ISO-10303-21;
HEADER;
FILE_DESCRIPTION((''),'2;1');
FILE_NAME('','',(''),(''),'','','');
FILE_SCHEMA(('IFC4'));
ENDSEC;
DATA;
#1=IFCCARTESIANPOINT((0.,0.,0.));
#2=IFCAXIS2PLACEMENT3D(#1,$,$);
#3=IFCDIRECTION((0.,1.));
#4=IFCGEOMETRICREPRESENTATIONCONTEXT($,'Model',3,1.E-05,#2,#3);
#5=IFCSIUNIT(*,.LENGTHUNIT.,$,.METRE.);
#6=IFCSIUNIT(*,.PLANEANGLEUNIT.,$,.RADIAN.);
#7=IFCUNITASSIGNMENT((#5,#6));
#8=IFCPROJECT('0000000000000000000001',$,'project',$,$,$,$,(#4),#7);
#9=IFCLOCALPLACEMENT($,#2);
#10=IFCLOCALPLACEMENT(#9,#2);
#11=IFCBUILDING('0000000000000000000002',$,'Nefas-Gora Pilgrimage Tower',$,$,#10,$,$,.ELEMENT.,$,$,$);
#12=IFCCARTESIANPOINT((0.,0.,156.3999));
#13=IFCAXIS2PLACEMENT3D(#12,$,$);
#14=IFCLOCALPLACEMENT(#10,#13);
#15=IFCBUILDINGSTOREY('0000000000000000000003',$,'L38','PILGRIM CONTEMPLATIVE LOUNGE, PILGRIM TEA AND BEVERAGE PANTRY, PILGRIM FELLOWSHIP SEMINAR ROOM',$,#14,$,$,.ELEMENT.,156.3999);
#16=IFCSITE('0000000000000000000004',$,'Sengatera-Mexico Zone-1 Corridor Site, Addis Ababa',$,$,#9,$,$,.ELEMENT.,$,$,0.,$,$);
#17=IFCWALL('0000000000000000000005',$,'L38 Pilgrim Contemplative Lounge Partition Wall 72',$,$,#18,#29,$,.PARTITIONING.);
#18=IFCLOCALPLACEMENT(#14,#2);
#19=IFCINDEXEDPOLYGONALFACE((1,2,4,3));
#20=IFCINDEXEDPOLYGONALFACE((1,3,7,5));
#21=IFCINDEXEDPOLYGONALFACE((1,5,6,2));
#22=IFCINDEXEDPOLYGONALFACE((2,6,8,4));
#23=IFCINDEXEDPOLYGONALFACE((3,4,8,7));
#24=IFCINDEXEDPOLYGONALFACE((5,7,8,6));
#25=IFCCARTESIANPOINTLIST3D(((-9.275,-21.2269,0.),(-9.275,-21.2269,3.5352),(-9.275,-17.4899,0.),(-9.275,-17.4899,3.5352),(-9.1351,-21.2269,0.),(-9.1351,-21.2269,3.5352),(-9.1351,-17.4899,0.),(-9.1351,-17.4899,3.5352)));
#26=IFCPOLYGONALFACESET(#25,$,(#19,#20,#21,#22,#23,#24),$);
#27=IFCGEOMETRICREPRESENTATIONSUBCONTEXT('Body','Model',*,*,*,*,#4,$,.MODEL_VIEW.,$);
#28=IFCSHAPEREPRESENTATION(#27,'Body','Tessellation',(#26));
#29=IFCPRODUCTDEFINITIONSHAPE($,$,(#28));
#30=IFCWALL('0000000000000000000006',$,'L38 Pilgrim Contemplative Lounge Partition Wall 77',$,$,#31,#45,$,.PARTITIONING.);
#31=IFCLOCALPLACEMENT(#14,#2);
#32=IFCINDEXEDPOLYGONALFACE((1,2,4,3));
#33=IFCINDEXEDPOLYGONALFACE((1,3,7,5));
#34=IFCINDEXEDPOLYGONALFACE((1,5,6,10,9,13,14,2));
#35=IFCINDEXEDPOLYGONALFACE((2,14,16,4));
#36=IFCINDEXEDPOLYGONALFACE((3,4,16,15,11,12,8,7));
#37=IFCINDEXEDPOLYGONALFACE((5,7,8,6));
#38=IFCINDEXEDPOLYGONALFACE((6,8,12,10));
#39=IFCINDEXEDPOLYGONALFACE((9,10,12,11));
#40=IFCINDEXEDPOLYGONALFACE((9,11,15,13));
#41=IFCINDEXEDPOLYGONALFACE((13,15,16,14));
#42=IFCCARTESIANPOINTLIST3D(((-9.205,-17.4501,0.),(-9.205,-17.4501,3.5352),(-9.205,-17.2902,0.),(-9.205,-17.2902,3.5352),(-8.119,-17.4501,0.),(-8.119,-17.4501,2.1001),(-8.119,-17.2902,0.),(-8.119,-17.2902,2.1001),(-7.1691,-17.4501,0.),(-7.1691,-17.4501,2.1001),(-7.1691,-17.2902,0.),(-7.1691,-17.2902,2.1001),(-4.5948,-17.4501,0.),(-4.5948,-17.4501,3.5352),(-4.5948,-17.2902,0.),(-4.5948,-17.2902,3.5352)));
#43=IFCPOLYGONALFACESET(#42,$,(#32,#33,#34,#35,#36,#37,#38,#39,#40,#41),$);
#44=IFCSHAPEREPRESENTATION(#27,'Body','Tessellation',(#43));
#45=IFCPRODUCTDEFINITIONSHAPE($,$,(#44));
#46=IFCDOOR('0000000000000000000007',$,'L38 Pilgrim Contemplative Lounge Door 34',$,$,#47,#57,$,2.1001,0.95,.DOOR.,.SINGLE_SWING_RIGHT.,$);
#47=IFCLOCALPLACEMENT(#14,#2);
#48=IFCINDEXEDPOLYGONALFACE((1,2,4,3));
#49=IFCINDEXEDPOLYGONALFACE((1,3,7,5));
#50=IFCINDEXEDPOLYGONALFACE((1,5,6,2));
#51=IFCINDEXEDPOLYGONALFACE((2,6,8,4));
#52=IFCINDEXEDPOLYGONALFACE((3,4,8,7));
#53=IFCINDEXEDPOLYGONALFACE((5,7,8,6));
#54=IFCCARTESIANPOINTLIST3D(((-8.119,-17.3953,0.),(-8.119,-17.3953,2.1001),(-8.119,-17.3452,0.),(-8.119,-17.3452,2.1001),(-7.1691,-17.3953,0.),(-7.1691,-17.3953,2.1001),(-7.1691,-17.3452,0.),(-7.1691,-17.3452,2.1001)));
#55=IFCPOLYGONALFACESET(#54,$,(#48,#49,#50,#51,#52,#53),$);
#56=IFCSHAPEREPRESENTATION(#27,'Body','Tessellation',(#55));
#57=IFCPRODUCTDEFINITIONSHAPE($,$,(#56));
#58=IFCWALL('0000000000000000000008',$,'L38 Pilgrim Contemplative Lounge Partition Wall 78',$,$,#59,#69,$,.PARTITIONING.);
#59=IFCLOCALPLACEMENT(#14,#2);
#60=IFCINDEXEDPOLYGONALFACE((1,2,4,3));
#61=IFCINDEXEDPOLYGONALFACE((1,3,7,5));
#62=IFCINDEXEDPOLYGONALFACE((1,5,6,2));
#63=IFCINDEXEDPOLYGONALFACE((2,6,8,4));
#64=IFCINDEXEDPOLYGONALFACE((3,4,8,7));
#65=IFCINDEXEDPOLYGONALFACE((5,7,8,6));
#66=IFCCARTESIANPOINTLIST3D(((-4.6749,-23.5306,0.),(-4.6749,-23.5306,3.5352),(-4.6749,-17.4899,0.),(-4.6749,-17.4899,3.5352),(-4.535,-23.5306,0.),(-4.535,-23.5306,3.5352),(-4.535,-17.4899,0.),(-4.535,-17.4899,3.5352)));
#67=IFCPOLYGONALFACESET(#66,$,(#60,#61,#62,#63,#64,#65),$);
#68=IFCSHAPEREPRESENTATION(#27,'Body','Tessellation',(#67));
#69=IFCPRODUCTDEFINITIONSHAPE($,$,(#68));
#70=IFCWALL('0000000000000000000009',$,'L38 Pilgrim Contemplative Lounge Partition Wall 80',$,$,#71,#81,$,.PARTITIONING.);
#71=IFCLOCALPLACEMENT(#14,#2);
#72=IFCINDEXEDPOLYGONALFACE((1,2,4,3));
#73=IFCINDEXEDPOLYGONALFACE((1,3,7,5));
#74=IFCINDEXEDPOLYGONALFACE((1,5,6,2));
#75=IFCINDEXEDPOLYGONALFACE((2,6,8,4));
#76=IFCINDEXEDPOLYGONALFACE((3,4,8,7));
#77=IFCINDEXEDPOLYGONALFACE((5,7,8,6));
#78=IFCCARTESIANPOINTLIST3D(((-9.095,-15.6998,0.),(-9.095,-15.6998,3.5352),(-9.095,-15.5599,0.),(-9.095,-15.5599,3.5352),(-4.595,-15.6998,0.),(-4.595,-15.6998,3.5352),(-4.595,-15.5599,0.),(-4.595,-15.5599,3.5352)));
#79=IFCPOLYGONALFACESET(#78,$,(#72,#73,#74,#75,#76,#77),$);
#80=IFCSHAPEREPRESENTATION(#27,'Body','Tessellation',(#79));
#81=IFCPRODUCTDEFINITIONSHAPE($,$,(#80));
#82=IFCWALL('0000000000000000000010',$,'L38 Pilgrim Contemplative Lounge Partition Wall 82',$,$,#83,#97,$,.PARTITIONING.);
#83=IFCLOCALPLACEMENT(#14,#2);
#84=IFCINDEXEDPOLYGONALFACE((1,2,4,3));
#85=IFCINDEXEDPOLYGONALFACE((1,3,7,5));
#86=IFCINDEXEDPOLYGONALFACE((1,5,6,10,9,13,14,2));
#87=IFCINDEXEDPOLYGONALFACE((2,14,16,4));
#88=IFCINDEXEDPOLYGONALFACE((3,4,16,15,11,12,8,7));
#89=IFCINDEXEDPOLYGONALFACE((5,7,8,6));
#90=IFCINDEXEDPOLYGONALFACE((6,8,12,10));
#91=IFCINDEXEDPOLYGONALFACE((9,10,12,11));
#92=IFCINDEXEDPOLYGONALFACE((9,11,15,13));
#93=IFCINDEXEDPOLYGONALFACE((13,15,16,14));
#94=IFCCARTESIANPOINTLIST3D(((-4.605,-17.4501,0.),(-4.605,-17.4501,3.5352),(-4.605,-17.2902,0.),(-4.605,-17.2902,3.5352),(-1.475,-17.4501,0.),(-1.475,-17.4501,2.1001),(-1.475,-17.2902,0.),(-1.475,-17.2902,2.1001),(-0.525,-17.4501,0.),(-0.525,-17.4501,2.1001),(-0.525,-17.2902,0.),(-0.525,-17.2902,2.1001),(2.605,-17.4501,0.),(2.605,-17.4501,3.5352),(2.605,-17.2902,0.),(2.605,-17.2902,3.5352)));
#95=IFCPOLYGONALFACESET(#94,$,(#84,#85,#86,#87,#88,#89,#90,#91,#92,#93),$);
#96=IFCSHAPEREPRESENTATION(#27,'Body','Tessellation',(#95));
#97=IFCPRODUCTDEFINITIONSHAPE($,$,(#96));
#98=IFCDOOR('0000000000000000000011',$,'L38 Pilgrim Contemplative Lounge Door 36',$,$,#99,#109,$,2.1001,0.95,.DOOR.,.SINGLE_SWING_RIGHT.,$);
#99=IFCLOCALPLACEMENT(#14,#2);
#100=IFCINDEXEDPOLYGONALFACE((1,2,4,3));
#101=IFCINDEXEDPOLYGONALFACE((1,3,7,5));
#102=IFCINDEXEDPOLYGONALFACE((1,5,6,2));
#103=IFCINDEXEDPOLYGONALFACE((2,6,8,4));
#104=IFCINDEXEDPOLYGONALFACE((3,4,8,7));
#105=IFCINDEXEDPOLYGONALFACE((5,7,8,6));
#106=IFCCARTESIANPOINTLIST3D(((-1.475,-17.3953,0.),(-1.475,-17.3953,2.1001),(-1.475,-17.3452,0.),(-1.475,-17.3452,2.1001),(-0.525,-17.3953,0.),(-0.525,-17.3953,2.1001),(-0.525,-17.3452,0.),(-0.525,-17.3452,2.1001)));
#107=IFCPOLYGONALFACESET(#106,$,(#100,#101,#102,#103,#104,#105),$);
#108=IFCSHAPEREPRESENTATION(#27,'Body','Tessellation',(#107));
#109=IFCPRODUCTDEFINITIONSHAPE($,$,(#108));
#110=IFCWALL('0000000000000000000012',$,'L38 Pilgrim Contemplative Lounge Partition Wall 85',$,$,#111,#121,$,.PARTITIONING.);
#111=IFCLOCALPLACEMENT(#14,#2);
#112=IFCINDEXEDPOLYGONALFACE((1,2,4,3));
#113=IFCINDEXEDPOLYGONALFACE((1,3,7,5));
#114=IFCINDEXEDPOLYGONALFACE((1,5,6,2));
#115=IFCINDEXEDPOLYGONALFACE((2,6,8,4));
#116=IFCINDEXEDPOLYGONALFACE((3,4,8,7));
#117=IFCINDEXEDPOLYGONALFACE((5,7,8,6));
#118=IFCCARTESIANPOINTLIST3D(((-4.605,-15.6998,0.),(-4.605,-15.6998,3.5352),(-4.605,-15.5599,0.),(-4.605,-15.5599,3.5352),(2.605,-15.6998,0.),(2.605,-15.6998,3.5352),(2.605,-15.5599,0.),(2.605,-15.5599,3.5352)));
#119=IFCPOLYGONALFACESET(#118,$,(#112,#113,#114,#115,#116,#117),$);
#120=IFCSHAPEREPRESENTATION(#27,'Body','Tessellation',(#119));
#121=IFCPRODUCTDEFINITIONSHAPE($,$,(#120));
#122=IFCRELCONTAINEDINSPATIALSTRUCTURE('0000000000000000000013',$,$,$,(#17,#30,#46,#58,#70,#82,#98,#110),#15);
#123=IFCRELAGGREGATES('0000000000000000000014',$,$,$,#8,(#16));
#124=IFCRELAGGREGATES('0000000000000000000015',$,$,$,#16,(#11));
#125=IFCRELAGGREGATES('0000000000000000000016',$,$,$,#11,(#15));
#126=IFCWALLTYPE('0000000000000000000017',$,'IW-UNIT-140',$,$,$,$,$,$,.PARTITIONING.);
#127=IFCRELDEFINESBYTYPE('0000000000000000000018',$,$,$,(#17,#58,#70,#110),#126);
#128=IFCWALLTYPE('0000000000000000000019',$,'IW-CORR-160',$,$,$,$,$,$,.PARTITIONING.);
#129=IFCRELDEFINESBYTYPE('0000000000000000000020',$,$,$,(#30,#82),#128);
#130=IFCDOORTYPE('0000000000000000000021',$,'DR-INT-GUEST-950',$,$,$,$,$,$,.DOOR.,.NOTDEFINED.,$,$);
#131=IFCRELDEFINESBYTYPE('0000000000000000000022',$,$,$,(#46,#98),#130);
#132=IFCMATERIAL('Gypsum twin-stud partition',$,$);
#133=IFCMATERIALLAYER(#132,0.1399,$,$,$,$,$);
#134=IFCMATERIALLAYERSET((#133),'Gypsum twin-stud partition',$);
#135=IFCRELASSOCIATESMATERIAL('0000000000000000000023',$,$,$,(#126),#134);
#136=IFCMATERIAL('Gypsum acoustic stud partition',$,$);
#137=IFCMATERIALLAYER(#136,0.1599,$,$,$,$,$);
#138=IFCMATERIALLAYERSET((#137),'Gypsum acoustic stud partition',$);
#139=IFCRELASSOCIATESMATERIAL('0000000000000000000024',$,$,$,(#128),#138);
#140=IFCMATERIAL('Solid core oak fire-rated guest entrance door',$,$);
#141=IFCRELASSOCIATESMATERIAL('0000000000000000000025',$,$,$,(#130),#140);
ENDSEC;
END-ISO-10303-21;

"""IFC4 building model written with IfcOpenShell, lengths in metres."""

from ifc_helpers import new_model, si_unit, direction, frame, frame_2d, origin, place, context, subcontext, project, spatial, rectangle, extrude, source, transform, mapped, material, layer, layer_set, type_object, element, fill, save


model = new_model("IFC4")

# Units and contexts
model_context = context("Model", 3, precision=1e-05, world=origin(), true_north=direction((0.0, 1.0)))
body_context = subcontext(model_context, "Body", "Model", "MODEL_VIEW")
ifc_project = project(units=[si_unit("LENGTHUNIT", "METRE"), si_unit("PLANEANGLEUNIT", "RADIAN")], contexts=[model_context])

# Site, building, storey
site_placement = place(None, origin())
site = spatial("IfcSite", under=ifc_project, at=site_placement, Name="Sengatera-Mexico Zone-1 Corridor Site, Addis Ababa", CompositionType="ELEMENT", RefElevation=0.0)
building_placement = place(site_placement, origin())
building = spatial("IfcBuilding", under=site, at=building_placement, Name="Nefas-Gora Pilgrimage Tower", CompositionType="ELEMENT")
storey_placement = place(building_placement, frame((0.0, 0.0, 156.3999)))
storey = spatial("IfcBuildingStorey", under=building, at=storey_placement, Name="L38", Description="PILGRIM CONTEMPLATIVE LOUNGE, PILGRIM TEA AND BEVERAGE PANTRY, PILGRIM FELLOWSHIP SEMINAR ROOM", CompositionType="ELEMENT", Elevation=156.3999)

# Wall
ifc_material_1 = material(Name="Gypsum twin-stud partition")
ifc_layer_1 = layer(ifc_material_1, 0.1399)
ifc_layer_set_1 = layer_set([ifc_layer_1], Name="Gypsum twin-stud partition")
wall_type_1 = type_object("IfcWallType", Name="IW-UNIT-140", PredefinedType="PARTITIONING", material=ifc_layer_set_1)
shared_shape_1 = source(origin(), body_context, "Body", "SweptSolid", [
    extrude(rectangle(XDim=3.7371, YDim=0.1399, at=frame_2d((1.8687, 0.0))), origin(), (0.0, 0.0, 1.0), 3.5352),
])
wall_1_placement = place(storey_placement, frame((-9.2051, -21.2271, 0.0), z_axis=(0.0, 0.0, 1.0), x_axis=(0.0, 1.0, 0.0)))
element("IfcWall", 1, at=wall_1_placement, inside=storey, type_object=wall_type_1, Name="L38 Pilgrim Contemplative Lounge Partition Wall 72", PredefinedType="PARTITIONING", context=body_context, shape_type="MappedRepresentation", body=[
    mapped(shared_shape_1, transform((0.0, 0.0, 0.0), x_axis=(1.0, 0.0, 0.0), y_axis=(0.0, 1.0, 0.0), z_axis=(0.0, 0.0, 1.0), scale=1.0)),
])

# Wall, opening, door
ifc_material_2 = material(Name="Gypsum acoustic stud partition")
ifc_layer_2 = layer(ifc_material_2, 0.1599)
ifc_layer_set_2 = layer_set([ifc_layer_2], Name="Gypsum acoustic stud partition")
wall_type_2 = type_object("IfcWallType", Name="IW-CORR-160", PredefinedType="PARTITIONING", material=ifc_layer_set_2)
shared_shape_2 = source(origin(), body_context, "Body", "SweptSolid", [
    extrude(rectangle(XDim=4.6101, YDim=0.1599, at=frame_2d((2.3052, 0.0))), origin(), (0.0, 0.0, 1.0), 3.5352),
])
wall_2_placement = place(storey_placement, frame((-9.2051, -17.3701, 0.0), z_axis=(0.0, 0.0, 1.0), x_axis=(1.0, 0.0, 0.0)))
wall_2 = element("IfcWall", 2, at=wall_2_placement, inside=storey, type_object=wall_type_2, Name="L38 Pilgrim Contemplative Lounge Partition Wall 77", PredefinedType="PARTITIONING", context=body_context, shape_type="MappedRepresentation", body=[
    mapped(shared_shape_2, transform((0.0, 0.0, 0.0), x_axis=(1.0, 0.0, 0.0), y_axis=(0.0, 1.0, 0.0), z_axis=(0.0, 0.0, 1.0), scale=1.0)),
])
opening_1_placement = place(wall_2_placement, frame((1.0859, 0.0, 0.0)))
opening_1 = element("IfcOpeningElement", 3, at=opening_1_placement, cuts=wall_2, PredefinedType="OPENING", context=body_context, shape_type="SweptSolid", body=[
    extrude(rectangle(XDim=0.95, YDim=2.1001, at=frame_2d((0.4751, 1.05))), frame((0.0, 0.0898, 0.0), z_axis=(0.0, -1.0, 0.0), x_axis=(1.0, 0.0, 0.0)), (0.0, 0.0, 1.0), 0.1799),
])
ifc_material_3 = material(Name="Solid core oak fire-rated guest entrance door")
door_type_1 = type_object("IfcDoorType", Name="DR-INT-GUEST-950", OperationType="NOTDEFINED", PredefinedType="DOOR", material=ifc_material_3)
shared_shape_3 = source(origin(), body_context, "Body", "SweptSolid", [
    extrude(rectangle(XDim=0.95, YDim=2.1001, at=frame_2d((0.4751, 1.05))), frame((0.0, 0.0249, 0.0), z_axis=(0.0, -1.0, 0.0), x_axis=(1.0, 0.0, 0.0)), (0.0, 0.0, 1.0), 0.05),
])
door_1_placement = place(opening_1_placement, origin())
door_1 = element("IfcDoor", 4, at=door_1_placement, inside=storey, type_object=door_type_1, Name="L38 Pilgrim Contemplative Lounge Door 34", OperationType="SINGLE_SWING_RIGHT", OverallHeight=2.1001, OverallWidth=0.95, PredefinedType="DOOR", context=body_context, shape_type="MappedRepresentation", body=[
    mapped(shared_shape_3, transform((0.0, 0.0, 0.0), x_axis=(1.0, 0.0, 0.0), y_axis=(0.0, 1.0, 0.0), z_axis=(0.0, 0.0, 1.0), scale=1.0)),
])
fill(opening_1, door_1)

# Walls
shared_shape_4 = source(origin(), body_context, "Body", "SweptSolid", [
    extrude(rectangle(XDim=6.0408, YDim=0.1399, at=frame_2d((3.0205, 0.0))), origin(), (0.0, 0.0, 1.0), 3.5352),
])
wall_3_placement = place(storey_placement, frame((-4.605, -23.5308, 0.0), z_axis=(0.0, 0.0, 1.0), x_axis=(0.0, 1.0, 0.0)))
element("IfcWall", 5, at=wall_3_placement, inside=storey, type_object=wall_type_1, Name="L38 Pilgrim Contemplative Lounge Partition Wall 78", PredefinedType="PARTITIONING", context=body_context, shape_type="MappedRepresentation", body=[
    mapped(shared_shape_4, transform((0.0, 0.0, 0.0), x_axis=(1.0, 0.0, 0.0), y_axis=(0.0, 1.0, 0.0), z_axis=(0.0, 0.0, 1.0), scale=1.0)),
])
shared_shape_5 = source(origin(), body_context, "Body", "SweptSolid", [
    extrude(rectangle(XDim=4.5, YDim=0.1399, at=frame_2d((2.25, 0.0))), origin(), (0.0, 0.0, 1.0), 3.5352),
])
wall_4_placement = place(storey_placement, frame((-9.095, -15.6299, 0.0), z_axis=(0.0, 0.0, 1.0), x_axis=(1.0, 0.0, 0.0)))
element("IfcWall", 6, at=wall_4_placement, inside=storey, type_object=wall_type_1, Name="L38 Pilgrim Contemplative Lounge Partition Wall 80", PredefinedType="PARTITIONING", context=body_context, shape_type="MappedRepresentation", body=[
    mapped(shared_shape_5, transform((0.0, 0.0, 0.0), x_axis=(1.0, 0.0, 0.0), y_axis=(0.0, 1.0, 0.0), z_axis=(0.0, 0.0, 1.0), scale=1.0)),
])

# Wall, opening, door
shared_shape_6 = source(origin(), body_context, "Body", "SweptSolid", [
    extrude(rectangle(XDim=7.21, YDim=0.1599, at=frame_2d((3.605, 0.0))), origin(), (0.0, 0.0, 1.0), 3.5352),
])
wall_5_placement = place(storey_placement, frame((-4.605, -17.3701, 0.0), z_axis=(0.0, 0.0, 1.0), x_axis=(1.0, 0.0, 0.0)))
wall_5 = element("IfcWall", 7, at=wall_5_placement, inside=storey, type_object=wall_type_2, Name="L38 Pilgrim Contemplative Lounge Partition Wall 82", PredefinedType="PARTITIONING", context=body_context, shape_type="MappedRepresentation", body=[
    mapped(shared_shape_6, transform((0.0, 0.0, 0.0), x_axis=(1.0, 0.0, 0.0), y_axis=(0.0, 1.0, 0.0), z_axis=(0.0, 0.0, 1.0), scale=1.0)),
])
opening_2_placement = place(wall_5_placement, frame((3.1299, 0.0, 0.0)))
opening_2 = element("IfcOpeningElement", 8, at=opening_2_placement, cuts=wall_5, PredefinedType="OPENING", context=body_context, shape_type="SweptSolid", body=[
    extrude(rectangle(XDim=0.95, YDim=2.1001, at=frame_2d((0.4751, 1.05))), frame((0.0, 0.0898, 0.0), z_axis=(0.0, -1.0, 0.0), x_axis=(1.0, 0.0, 0.0)), (0.0, 0.0, 1.0), 0.1799),
])
door_2_placement = place(opening_2_placement, origin())
door_2 = element("IfcDoor", 9, at=door_2_placement, inside=storey, type_object=door_type_1, Name="L38 Pilgrim Contemplative Lounge Door 36", OperationType="SINGLE_SWING_RIGHT", OverallHeight=2.1001, OverallWidth=0.95, PredefinedType="DOOR", context=body_context, shape_type="MappedRepresentation", body=[
    mapped(shared_shape_3, transform((0.0, 0.0, 0.0), x_axis=(1.0, 0.0, 0.0), y_axis=(0.0, 1.0, 0.0), z_axis=(0.0, 0.0, 1.0), scale=1.0)),
])
fill(opening_2, door_2)

# Wall
shared_shape_7 = source(origin(), body_context, "Body", "SweptSolid", [
    extrude(rectangle(XDim=7.21, YDim=0.1399, at=frame_2d((3.605, 0.0))), origin(), (0.0, 0.0, 1.0), 3.5352),
])
wall_6_placement = place(storey_placement, frame((-4.605, -15.6299, 0.0), z_axis=(0.0, 0.0, 1.0), x_axis=(1.0, 0.0, 0.0)))
element("IfcWall", 10, at=wall_6_placement, inside=storey, type_object=wall_type_1, Name="L38 Pilgrim Contemplative Lounge Partition Wall 85", PredefinedType="PARTITIONING", context=body_context, shape_type="MappedRepresentation", body=[
    mapped(shared_shape_7, transform((0.0, 0.0, 0.0), x_axis=(1.0, 0.0, 0.0), y_axis=(0.0, 1.0, 0.0), z_axis=(0.0, 0.0, 1.0), scale=1.0)),
])

save(model, "model.ifc")
